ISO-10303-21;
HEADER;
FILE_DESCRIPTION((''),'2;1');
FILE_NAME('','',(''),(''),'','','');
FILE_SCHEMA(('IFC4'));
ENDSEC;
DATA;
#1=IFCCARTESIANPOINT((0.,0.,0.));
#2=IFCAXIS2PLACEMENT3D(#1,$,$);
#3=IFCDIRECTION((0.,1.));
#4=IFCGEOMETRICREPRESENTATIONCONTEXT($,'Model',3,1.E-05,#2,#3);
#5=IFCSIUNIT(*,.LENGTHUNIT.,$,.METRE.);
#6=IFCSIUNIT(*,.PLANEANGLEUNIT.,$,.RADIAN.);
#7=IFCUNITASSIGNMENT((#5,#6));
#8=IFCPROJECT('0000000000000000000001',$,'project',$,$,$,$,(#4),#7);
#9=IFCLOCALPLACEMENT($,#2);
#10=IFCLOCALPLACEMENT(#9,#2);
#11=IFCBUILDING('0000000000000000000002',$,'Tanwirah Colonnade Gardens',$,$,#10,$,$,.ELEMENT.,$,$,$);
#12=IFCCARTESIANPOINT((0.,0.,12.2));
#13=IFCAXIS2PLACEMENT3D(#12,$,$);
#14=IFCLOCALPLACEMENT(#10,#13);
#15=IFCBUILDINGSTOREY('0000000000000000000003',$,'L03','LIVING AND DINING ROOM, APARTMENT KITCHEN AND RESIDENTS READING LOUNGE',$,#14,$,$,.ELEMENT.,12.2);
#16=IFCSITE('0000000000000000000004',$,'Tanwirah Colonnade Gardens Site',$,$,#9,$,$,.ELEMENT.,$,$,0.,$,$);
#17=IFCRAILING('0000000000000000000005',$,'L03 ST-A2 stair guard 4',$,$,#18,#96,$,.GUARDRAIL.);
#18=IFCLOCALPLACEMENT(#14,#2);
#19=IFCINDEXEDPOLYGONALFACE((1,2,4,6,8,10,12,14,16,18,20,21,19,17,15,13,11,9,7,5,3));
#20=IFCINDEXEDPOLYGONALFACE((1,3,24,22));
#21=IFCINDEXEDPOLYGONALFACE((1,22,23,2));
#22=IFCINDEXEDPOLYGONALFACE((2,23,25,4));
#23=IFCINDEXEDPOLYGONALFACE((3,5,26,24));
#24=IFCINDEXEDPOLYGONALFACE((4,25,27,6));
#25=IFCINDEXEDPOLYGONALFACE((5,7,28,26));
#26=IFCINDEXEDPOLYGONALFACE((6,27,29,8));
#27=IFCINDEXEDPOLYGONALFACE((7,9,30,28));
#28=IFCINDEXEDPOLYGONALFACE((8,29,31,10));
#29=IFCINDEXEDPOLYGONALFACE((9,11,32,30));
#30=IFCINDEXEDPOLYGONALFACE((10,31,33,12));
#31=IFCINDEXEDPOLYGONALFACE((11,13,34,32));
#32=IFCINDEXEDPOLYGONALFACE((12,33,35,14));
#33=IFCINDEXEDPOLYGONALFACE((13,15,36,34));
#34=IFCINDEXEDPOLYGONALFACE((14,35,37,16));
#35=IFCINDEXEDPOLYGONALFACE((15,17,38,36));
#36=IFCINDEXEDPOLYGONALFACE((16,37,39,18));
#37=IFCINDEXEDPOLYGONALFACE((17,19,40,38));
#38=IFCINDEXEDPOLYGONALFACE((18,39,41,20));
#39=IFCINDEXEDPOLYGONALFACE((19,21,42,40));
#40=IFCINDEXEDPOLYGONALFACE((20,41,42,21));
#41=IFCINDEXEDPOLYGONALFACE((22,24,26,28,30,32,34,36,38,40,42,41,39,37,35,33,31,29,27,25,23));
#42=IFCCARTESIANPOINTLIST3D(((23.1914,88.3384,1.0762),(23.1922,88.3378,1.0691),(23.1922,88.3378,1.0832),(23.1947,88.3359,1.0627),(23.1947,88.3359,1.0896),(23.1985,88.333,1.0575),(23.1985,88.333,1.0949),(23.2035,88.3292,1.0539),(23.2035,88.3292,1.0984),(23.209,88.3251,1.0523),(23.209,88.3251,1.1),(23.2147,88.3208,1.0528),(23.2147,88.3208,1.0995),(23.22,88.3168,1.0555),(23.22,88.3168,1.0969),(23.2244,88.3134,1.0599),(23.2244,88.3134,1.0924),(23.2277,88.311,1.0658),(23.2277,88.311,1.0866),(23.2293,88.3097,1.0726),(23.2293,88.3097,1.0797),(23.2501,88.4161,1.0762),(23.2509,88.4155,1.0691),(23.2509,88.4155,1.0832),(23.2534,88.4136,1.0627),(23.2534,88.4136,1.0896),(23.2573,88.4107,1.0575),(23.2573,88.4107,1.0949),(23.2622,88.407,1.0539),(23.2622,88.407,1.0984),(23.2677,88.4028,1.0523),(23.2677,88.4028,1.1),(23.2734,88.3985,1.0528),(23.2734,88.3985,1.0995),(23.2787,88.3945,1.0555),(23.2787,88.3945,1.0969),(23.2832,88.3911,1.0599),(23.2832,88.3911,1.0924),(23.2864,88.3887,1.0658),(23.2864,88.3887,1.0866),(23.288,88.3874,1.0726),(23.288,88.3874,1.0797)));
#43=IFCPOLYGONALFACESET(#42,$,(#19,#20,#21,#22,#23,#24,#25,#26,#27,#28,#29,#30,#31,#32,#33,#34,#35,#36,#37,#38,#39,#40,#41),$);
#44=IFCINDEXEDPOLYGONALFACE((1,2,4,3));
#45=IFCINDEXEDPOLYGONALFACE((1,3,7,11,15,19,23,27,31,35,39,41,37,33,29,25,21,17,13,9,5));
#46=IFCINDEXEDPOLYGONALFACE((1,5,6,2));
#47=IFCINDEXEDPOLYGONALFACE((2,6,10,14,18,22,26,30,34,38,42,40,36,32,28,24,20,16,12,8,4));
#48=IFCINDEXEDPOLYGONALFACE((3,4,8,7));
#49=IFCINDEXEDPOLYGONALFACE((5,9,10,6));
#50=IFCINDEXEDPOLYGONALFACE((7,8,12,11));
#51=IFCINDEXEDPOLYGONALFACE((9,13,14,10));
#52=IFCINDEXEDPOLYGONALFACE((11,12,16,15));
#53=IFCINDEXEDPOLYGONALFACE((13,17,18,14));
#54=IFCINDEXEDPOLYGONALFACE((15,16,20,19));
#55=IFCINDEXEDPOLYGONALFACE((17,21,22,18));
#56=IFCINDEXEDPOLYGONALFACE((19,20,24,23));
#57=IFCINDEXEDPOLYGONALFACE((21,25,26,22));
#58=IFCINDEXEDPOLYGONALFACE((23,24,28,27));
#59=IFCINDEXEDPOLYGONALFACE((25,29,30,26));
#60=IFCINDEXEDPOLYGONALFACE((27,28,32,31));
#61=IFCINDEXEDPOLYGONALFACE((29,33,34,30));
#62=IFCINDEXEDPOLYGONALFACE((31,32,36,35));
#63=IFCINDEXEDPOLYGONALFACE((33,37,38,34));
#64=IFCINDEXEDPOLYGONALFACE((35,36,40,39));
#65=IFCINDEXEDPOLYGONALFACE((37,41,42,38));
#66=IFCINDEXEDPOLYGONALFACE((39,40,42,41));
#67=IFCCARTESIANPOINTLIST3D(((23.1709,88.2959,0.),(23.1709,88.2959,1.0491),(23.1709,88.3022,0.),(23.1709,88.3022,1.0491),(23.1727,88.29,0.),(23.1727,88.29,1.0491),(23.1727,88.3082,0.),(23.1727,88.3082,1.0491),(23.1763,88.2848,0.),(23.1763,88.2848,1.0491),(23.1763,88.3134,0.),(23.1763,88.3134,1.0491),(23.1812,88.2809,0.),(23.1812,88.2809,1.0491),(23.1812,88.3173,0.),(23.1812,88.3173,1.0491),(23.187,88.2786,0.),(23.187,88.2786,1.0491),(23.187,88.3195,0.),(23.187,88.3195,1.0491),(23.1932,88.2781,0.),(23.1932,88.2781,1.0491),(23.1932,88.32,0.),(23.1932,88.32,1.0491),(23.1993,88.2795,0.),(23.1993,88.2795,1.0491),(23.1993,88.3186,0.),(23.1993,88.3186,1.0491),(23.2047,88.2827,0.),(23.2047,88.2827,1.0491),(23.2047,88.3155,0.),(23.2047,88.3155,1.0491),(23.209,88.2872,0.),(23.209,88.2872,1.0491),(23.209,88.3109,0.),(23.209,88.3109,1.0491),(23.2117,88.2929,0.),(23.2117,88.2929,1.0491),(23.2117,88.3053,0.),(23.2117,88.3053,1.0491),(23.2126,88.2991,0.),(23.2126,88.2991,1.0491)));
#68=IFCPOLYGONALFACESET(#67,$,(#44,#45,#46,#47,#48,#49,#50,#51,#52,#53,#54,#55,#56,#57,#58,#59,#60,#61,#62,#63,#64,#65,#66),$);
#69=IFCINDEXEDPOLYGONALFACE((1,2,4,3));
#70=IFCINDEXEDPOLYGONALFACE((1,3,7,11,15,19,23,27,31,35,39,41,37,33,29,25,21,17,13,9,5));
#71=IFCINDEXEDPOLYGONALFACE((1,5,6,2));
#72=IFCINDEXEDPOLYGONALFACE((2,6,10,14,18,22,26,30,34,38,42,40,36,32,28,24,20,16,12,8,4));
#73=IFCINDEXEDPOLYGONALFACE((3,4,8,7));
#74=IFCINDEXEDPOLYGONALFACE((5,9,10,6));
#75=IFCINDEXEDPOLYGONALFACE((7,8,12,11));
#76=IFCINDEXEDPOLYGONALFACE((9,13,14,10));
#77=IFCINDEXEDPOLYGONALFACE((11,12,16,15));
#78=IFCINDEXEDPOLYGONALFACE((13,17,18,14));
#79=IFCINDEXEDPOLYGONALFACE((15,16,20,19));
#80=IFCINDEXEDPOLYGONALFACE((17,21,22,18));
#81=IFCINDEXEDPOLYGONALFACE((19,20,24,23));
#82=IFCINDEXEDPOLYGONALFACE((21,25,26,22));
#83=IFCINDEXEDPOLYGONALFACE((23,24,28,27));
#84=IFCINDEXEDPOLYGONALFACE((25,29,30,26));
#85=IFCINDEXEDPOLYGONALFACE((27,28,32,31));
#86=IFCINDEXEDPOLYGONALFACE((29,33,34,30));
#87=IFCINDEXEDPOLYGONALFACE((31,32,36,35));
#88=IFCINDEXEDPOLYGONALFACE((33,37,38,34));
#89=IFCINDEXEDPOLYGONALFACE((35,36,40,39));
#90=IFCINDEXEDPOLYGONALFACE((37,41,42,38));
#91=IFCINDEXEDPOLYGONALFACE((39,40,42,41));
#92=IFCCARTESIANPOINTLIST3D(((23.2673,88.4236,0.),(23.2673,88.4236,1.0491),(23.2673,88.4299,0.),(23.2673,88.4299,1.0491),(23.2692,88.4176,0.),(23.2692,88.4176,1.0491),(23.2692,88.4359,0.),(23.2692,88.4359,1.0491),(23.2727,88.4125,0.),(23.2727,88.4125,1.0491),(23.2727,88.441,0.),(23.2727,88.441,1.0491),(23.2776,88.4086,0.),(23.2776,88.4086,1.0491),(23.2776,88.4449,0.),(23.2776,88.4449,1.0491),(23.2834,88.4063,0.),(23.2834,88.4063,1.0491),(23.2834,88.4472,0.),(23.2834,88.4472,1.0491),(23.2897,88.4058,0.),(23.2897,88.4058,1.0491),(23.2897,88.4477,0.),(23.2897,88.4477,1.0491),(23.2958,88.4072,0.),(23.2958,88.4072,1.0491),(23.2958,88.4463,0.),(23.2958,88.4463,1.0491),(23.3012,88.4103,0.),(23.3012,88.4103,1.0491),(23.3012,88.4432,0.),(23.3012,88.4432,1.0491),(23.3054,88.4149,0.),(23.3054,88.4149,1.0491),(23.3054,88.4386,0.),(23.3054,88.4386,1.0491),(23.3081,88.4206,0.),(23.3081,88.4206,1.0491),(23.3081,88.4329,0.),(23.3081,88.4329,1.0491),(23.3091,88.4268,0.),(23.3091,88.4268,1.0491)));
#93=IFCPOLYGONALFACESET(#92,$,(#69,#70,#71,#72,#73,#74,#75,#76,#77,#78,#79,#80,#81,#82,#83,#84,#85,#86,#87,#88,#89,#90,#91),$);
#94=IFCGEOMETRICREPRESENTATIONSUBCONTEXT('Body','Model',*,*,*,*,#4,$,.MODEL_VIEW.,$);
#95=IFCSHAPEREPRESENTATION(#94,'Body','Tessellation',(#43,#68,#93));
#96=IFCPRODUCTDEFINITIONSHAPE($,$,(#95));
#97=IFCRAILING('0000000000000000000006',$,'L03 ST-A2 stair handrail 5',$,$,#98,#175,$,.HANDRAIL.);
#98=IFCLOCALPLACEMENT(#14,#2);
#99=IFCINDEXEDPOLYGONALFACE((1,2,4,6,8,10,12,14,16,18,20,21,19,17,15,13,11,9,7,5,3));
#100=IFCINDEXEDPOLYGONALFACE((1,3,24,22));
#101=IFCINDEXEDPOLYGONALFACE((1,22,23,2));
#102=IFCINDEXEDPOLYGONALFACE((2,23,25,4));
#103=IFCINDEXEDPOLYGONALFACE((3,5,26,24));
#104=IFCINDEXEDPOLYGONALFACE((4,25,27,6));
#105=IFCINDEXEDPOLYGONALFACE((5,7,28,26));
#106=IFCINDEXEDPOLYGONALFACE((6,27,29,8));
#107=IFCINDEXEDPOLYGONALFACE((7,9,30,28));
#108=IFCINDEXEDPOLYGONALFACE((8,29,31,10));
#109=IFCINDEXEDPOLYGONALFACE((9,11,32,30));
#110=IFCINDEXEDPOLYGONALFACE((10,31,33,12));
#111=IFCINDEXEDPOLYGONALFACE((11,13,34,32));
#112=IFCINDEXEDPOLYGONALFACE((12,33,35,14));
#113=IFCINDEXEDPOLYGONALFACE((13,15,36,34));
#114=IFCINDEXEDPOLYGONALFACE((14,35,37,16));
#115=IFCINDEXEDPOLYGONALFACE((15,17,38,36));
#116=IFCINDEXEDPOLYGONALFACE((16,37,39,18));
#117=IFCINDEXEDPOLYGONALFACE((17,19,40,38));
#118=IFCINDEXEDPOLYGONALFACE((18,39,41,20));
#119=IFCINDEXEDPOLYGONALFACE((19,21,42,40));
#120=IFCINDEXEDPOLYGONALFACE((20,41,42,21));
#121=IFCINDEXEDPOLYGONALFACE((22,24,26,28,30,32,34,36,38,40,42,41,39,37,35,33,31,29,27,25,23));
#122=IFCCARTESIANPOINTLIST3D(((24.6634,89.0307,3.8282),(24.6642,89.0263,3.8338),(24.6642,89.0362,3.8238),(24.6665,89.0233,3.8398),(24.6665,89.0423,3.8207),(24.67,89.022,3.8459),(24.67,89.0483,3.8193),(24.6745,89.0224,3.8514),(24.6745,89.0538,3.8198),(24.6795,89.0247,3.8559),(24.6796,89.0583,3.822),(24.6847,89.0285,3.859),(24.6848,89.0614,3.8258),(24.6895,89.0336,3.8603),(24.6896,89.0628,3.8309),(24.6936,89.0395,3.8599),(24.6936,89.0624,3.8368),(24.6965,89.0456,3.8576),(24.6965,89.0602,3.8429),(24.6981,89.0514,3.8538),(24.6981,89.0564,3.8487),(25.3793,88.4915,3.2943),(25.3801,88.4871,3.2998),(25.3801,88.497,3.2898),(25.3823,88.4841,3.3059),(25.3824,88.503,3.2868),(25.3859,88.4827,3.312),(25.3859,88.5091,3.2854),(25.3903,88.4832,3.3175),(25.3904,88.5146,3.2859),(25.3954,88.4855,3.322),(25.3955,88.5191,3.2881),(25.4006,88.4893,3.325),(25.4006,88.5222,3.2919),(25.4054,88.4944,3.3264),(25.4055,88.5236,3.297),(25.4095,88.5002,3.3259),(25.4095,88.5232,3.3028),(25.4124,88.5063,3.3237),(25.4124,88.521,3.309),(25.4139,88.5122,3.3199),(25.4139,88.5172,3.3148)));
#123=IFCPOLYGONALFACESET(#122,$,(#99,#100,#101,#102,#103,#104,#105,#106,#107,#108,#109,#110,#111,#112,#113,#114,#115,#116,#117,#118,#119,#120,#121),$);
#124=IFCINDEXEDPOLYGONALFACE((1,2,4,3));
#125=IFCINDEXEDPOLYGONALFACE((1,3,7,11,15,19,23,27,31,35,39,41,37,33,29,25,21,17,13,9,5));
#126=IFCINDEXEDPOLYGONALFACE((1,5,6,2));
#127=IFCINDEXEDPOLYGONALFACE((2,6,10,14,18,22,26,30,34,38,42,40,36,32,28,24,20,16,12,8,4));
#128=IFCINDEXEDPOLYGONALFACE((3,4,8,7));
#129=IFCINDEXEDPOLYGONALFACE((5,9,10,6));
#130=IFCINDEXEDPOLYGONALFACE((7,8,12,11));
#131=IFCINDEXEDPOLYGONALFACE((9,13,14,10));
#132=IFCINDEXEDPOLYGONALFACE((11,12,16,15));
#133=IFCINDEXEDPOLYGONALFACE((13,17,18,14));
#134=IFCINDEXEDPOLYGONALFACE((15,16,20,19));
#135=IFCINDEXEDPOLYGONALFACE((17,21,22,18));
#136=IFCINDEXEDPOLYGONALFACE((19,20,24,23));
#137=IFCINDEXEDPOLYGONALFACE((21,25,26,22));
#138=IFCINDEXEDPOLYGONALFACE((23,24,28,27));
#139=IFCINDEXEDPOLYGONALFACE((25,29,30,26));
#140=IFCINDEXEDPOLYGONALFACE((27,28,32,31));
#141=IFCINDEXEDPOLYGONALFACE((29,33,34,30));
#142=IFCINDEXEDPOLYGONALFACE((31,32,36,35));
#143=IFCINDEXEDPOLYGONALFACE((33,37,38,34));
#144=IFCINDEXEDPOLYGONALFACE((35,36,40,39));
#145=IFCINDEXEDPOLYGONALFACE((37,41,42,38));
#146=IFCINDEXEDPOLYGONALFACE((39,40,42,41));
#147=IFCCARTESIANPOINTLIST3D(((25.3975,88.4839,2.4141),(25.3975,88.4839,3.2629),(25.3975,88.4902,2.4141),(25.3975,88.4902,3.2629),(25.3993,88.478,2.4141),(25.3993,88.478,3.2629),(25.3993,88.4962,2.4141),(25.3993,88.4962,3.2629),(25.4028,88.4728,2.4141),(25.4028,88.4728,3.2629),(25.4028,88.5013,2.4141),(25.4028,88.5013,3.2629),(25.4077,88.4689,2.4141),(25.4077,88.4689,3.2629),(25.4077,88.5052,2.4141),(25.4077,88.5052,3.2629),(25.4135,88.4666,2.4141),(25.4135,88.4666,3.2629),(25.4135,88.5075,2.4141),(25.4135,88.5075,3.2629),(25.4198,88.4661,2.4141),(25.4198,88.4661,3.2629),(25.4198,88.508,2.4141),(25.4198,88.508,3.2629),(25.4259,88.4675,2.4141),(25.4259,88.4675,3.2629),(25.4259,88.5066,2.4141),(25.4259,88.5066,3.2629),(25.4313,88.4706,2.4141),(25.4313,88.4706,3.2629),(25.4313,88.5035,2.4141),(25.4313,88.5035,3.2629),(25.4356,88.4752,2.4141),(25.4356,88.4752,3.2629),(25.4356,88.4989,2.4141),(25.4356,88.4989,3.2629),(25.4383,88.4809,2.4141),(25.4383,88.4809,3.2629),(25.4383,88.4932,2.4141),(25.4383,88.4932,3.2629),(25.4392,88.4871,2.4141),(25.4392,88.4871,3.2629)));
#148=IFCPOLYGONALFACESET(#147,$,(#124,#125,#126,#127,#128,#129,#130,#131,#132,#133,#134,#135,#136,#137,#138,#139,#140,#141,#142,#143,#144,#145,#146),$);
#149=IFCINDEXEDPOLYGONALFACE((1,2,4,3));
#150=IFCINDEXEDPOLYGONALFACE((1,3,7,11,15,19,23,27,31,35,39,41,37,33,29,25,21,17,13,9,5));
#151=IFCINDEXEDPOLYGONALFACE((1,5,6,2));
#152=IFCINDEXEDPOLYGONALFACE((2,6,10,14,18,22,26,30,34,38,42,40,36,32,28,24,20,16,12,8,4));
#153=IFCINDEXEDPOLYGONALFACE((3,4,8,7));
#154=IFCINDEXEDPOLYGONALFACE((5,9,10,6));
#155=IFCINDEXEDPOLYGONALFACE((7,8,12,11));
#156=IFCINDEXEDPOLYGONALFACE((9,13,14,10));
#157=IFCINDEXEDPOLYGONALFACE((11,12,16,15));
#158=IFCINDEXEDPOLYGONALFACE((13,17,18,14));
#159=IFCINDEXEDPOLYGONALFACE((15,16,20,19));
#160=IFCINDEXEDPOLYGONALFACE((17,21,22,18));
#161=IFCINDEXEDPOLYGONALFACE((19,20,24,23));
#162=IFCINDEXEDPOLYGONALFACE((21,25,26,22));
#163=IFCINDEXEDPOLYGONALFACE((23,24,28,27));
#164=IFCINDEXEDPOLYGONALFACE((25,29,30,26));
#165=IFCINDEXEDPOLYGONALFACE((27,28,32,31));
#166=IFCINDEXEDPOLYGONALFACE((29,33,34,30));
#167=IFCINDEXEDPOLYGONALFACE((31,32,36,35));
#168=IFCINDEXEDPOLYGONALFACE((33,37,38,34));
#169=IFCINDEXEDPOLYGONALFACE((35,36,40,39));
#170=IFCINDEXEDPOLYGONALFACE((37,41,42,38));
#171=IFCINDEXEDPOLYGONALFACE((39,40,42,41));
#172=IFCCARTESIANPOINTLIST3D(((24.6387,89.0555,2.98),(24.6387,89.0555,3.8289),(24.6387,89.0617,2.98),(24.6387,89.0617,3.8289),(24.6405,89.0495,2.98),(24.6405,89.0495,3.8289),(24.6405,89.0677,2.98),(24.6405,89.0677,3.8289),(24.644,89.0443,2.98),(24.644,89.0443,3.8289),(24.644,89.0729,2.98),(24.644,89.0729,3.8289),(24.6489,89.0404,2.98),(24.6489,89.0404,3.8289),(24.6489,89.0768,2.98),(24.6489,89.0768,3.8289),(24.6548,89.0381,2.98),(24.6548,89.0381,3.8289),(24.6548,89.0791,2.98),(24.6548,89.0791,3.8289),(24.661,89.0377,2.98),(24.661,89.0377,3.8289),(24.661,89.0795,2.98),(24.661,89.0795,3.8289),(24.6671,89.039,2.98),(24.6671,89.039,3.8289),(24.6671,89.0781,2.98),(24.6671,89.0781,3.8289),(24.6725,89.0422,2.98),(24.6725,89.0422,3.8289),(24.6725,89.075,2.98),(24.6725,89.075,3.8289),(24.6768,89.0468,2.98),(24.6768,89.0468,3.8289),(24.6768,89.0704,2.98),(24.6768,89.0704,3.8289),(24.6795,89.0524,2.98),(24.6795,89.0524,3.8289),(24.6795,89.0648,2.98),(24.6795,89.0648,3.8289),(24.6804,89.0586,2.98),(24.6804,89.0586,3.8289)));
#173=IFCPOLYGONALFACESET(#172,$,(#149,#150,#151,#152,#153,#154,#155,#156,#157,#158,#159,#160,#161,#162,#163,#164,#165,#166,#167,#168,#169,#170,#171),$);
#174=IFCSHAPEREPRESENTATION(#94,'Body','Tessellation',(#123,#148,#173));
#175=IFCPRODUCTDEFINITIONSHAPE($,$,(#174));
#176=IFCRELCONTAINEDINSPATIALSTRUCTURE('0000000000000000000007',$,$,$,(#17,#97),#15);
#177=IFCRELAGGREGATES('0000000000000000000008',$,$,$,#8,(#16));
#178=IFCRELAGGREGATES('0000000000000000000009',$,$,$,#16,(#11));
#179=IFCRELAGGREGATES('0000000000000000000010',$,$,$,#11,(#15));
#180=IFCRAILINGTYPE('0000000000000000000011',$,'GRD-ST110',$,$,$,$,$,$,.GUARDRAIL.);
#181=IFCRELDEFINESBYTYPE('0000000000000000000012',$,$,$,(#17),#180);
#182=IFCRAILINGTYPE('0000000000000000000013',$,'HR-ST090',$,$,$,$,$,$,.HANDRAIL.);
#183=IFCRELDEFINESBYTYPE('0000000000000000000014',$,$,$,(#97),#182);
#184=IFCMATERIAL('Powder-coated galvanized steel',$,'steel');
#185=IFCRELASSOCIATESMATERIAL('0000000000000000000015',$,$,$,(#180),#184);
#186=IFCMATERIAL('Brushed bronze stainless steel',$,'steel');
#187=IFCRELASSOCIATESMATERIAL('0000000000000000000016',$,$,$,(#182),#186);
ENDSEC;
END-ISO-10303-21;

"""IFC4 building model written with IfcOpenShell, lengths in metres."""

from ifc_helpers import new_model, si_unit, direction, frame, origin, origin_2d, place, context, subcontext, project, spatial, circle, extrude, material, type_object, element, save


model = new_model("IFC4")

# Units and contexts
model_context = context("Model", 3, precision=1e-05, world=origin(), true_north=direction((0.0, 1.0)))
body_context = subcontext(model_context, "Body", "Model", "MODEL_VIEW")
ifc_project = project(units=[si_unit("LENGTHUNIT", "METRE"), si_unit("PLANEANGLEUNIT", "RADIAN")], contexts=[model_context])

# Site, building, storey
site_placement = place(None, origin())
site = spatial("IfcSite", under=ifc_project, at=site_placement, Name="Tanwirah Colonnade Gardens Site", CompositionType="ELEMENT", RefElevation=0.0)
building_placement = place(site_placement, origin())
building = spatial("IfcBuilding", under=site, at=building_placement, Name="Tanwirah Colonnade Gardens", CompositionType="ELEMENT")
storey_placement = place(building_placement, frame((0.0, 0.0, 12.2)))
storey = spatial("IfcBuildingStorey", under=building, at=storey_placement, Name="L03", Description="LIVING AND DINING ROOM, APARTMENT KITCHEN AND RESIDENTS READING LOUNGE", CompositionType="ELEMENT", Elevation=12.2)

# Railings
ifc_material_1 = material(Name="Powder-coated galvanized steel", Category="steel")
railing_type_1 = type_object("IfcRailingType", Name="GRD-ST110", PredefinedType="GUARDRAIL", material=ifc_material_1)
railing_1_placement = place(storey_placement, frame((23.1917, 88.2991, 0.0)))
element("IfcRailing", 1, at=railing_1_placement, inside=storey, type_object=railing_type_1, Name="L03 ST-A2 stair guard 4", PredefinedType="GUARDRAIL", context=body_context, shape_type="SweptSolid", body=[
    extrude(circle(Radius=0.0239, at=origin_2d()), frame((0.0188, 0.0249, 1.0762), z_axis=(0.602682, 0.797981, 0.0), x_axis=(-0.797981, 0.602682, 0.0)), (0.0, 0.0, 1.0), 0.0974),
    extrude(circle(Radius=0.021, at=origin_2d()), origin(), (0.0, 0.0, 1.0), 1.0491),
    extrude(circle(Radius=0.021, at=origin_2d()), frame((0.0964, 0.1277, 0.0)), (0.0, 0.0, 1.0), 1.0491),
])
ifc_material_2 = material(Name="Brushed bronze stainless steel", Category="steel")
railing_type_2 = type_object("IfcRailingType", Name="HR-ST090", PredefinedType="HANDRAIL", material=ifc_material_2)
railing_2_placement = place(storey_placement, frame((25.4182, 88.4871, 2.4141)))
element("IfcRailing", 2, at=railing_2_placement, inside=storey, type_object=railing_type_2, Name="L03 ST-A2 stair handrail 5", PredefinedType="HANDRAIL", context=body_context, shape_type="SweptSolid", body=[
    extrude(circle(Radius=0.0239, at=origin_2d()), frame((-0.0215, 0.0161, 0.8918), z_axis=(-0.686224, 0.516876, 0.511797), x_axis=(-0.601644, -0.798765, 0.0)), (0.0, 0.0, 1.0), 1.0432),
    extrude(circle(Radius=0.021, at=origin_2d()), origin(), (0.0, 0.0, 1.0), 0.8489),
    extrude(circle(Radius=0.021, at=origin_2d()), frame((-0.7588, 0.5715, 0.5659)), (0.0, 0.0, 1.0), 0.8489),
])

save(model, "model.ifc")
